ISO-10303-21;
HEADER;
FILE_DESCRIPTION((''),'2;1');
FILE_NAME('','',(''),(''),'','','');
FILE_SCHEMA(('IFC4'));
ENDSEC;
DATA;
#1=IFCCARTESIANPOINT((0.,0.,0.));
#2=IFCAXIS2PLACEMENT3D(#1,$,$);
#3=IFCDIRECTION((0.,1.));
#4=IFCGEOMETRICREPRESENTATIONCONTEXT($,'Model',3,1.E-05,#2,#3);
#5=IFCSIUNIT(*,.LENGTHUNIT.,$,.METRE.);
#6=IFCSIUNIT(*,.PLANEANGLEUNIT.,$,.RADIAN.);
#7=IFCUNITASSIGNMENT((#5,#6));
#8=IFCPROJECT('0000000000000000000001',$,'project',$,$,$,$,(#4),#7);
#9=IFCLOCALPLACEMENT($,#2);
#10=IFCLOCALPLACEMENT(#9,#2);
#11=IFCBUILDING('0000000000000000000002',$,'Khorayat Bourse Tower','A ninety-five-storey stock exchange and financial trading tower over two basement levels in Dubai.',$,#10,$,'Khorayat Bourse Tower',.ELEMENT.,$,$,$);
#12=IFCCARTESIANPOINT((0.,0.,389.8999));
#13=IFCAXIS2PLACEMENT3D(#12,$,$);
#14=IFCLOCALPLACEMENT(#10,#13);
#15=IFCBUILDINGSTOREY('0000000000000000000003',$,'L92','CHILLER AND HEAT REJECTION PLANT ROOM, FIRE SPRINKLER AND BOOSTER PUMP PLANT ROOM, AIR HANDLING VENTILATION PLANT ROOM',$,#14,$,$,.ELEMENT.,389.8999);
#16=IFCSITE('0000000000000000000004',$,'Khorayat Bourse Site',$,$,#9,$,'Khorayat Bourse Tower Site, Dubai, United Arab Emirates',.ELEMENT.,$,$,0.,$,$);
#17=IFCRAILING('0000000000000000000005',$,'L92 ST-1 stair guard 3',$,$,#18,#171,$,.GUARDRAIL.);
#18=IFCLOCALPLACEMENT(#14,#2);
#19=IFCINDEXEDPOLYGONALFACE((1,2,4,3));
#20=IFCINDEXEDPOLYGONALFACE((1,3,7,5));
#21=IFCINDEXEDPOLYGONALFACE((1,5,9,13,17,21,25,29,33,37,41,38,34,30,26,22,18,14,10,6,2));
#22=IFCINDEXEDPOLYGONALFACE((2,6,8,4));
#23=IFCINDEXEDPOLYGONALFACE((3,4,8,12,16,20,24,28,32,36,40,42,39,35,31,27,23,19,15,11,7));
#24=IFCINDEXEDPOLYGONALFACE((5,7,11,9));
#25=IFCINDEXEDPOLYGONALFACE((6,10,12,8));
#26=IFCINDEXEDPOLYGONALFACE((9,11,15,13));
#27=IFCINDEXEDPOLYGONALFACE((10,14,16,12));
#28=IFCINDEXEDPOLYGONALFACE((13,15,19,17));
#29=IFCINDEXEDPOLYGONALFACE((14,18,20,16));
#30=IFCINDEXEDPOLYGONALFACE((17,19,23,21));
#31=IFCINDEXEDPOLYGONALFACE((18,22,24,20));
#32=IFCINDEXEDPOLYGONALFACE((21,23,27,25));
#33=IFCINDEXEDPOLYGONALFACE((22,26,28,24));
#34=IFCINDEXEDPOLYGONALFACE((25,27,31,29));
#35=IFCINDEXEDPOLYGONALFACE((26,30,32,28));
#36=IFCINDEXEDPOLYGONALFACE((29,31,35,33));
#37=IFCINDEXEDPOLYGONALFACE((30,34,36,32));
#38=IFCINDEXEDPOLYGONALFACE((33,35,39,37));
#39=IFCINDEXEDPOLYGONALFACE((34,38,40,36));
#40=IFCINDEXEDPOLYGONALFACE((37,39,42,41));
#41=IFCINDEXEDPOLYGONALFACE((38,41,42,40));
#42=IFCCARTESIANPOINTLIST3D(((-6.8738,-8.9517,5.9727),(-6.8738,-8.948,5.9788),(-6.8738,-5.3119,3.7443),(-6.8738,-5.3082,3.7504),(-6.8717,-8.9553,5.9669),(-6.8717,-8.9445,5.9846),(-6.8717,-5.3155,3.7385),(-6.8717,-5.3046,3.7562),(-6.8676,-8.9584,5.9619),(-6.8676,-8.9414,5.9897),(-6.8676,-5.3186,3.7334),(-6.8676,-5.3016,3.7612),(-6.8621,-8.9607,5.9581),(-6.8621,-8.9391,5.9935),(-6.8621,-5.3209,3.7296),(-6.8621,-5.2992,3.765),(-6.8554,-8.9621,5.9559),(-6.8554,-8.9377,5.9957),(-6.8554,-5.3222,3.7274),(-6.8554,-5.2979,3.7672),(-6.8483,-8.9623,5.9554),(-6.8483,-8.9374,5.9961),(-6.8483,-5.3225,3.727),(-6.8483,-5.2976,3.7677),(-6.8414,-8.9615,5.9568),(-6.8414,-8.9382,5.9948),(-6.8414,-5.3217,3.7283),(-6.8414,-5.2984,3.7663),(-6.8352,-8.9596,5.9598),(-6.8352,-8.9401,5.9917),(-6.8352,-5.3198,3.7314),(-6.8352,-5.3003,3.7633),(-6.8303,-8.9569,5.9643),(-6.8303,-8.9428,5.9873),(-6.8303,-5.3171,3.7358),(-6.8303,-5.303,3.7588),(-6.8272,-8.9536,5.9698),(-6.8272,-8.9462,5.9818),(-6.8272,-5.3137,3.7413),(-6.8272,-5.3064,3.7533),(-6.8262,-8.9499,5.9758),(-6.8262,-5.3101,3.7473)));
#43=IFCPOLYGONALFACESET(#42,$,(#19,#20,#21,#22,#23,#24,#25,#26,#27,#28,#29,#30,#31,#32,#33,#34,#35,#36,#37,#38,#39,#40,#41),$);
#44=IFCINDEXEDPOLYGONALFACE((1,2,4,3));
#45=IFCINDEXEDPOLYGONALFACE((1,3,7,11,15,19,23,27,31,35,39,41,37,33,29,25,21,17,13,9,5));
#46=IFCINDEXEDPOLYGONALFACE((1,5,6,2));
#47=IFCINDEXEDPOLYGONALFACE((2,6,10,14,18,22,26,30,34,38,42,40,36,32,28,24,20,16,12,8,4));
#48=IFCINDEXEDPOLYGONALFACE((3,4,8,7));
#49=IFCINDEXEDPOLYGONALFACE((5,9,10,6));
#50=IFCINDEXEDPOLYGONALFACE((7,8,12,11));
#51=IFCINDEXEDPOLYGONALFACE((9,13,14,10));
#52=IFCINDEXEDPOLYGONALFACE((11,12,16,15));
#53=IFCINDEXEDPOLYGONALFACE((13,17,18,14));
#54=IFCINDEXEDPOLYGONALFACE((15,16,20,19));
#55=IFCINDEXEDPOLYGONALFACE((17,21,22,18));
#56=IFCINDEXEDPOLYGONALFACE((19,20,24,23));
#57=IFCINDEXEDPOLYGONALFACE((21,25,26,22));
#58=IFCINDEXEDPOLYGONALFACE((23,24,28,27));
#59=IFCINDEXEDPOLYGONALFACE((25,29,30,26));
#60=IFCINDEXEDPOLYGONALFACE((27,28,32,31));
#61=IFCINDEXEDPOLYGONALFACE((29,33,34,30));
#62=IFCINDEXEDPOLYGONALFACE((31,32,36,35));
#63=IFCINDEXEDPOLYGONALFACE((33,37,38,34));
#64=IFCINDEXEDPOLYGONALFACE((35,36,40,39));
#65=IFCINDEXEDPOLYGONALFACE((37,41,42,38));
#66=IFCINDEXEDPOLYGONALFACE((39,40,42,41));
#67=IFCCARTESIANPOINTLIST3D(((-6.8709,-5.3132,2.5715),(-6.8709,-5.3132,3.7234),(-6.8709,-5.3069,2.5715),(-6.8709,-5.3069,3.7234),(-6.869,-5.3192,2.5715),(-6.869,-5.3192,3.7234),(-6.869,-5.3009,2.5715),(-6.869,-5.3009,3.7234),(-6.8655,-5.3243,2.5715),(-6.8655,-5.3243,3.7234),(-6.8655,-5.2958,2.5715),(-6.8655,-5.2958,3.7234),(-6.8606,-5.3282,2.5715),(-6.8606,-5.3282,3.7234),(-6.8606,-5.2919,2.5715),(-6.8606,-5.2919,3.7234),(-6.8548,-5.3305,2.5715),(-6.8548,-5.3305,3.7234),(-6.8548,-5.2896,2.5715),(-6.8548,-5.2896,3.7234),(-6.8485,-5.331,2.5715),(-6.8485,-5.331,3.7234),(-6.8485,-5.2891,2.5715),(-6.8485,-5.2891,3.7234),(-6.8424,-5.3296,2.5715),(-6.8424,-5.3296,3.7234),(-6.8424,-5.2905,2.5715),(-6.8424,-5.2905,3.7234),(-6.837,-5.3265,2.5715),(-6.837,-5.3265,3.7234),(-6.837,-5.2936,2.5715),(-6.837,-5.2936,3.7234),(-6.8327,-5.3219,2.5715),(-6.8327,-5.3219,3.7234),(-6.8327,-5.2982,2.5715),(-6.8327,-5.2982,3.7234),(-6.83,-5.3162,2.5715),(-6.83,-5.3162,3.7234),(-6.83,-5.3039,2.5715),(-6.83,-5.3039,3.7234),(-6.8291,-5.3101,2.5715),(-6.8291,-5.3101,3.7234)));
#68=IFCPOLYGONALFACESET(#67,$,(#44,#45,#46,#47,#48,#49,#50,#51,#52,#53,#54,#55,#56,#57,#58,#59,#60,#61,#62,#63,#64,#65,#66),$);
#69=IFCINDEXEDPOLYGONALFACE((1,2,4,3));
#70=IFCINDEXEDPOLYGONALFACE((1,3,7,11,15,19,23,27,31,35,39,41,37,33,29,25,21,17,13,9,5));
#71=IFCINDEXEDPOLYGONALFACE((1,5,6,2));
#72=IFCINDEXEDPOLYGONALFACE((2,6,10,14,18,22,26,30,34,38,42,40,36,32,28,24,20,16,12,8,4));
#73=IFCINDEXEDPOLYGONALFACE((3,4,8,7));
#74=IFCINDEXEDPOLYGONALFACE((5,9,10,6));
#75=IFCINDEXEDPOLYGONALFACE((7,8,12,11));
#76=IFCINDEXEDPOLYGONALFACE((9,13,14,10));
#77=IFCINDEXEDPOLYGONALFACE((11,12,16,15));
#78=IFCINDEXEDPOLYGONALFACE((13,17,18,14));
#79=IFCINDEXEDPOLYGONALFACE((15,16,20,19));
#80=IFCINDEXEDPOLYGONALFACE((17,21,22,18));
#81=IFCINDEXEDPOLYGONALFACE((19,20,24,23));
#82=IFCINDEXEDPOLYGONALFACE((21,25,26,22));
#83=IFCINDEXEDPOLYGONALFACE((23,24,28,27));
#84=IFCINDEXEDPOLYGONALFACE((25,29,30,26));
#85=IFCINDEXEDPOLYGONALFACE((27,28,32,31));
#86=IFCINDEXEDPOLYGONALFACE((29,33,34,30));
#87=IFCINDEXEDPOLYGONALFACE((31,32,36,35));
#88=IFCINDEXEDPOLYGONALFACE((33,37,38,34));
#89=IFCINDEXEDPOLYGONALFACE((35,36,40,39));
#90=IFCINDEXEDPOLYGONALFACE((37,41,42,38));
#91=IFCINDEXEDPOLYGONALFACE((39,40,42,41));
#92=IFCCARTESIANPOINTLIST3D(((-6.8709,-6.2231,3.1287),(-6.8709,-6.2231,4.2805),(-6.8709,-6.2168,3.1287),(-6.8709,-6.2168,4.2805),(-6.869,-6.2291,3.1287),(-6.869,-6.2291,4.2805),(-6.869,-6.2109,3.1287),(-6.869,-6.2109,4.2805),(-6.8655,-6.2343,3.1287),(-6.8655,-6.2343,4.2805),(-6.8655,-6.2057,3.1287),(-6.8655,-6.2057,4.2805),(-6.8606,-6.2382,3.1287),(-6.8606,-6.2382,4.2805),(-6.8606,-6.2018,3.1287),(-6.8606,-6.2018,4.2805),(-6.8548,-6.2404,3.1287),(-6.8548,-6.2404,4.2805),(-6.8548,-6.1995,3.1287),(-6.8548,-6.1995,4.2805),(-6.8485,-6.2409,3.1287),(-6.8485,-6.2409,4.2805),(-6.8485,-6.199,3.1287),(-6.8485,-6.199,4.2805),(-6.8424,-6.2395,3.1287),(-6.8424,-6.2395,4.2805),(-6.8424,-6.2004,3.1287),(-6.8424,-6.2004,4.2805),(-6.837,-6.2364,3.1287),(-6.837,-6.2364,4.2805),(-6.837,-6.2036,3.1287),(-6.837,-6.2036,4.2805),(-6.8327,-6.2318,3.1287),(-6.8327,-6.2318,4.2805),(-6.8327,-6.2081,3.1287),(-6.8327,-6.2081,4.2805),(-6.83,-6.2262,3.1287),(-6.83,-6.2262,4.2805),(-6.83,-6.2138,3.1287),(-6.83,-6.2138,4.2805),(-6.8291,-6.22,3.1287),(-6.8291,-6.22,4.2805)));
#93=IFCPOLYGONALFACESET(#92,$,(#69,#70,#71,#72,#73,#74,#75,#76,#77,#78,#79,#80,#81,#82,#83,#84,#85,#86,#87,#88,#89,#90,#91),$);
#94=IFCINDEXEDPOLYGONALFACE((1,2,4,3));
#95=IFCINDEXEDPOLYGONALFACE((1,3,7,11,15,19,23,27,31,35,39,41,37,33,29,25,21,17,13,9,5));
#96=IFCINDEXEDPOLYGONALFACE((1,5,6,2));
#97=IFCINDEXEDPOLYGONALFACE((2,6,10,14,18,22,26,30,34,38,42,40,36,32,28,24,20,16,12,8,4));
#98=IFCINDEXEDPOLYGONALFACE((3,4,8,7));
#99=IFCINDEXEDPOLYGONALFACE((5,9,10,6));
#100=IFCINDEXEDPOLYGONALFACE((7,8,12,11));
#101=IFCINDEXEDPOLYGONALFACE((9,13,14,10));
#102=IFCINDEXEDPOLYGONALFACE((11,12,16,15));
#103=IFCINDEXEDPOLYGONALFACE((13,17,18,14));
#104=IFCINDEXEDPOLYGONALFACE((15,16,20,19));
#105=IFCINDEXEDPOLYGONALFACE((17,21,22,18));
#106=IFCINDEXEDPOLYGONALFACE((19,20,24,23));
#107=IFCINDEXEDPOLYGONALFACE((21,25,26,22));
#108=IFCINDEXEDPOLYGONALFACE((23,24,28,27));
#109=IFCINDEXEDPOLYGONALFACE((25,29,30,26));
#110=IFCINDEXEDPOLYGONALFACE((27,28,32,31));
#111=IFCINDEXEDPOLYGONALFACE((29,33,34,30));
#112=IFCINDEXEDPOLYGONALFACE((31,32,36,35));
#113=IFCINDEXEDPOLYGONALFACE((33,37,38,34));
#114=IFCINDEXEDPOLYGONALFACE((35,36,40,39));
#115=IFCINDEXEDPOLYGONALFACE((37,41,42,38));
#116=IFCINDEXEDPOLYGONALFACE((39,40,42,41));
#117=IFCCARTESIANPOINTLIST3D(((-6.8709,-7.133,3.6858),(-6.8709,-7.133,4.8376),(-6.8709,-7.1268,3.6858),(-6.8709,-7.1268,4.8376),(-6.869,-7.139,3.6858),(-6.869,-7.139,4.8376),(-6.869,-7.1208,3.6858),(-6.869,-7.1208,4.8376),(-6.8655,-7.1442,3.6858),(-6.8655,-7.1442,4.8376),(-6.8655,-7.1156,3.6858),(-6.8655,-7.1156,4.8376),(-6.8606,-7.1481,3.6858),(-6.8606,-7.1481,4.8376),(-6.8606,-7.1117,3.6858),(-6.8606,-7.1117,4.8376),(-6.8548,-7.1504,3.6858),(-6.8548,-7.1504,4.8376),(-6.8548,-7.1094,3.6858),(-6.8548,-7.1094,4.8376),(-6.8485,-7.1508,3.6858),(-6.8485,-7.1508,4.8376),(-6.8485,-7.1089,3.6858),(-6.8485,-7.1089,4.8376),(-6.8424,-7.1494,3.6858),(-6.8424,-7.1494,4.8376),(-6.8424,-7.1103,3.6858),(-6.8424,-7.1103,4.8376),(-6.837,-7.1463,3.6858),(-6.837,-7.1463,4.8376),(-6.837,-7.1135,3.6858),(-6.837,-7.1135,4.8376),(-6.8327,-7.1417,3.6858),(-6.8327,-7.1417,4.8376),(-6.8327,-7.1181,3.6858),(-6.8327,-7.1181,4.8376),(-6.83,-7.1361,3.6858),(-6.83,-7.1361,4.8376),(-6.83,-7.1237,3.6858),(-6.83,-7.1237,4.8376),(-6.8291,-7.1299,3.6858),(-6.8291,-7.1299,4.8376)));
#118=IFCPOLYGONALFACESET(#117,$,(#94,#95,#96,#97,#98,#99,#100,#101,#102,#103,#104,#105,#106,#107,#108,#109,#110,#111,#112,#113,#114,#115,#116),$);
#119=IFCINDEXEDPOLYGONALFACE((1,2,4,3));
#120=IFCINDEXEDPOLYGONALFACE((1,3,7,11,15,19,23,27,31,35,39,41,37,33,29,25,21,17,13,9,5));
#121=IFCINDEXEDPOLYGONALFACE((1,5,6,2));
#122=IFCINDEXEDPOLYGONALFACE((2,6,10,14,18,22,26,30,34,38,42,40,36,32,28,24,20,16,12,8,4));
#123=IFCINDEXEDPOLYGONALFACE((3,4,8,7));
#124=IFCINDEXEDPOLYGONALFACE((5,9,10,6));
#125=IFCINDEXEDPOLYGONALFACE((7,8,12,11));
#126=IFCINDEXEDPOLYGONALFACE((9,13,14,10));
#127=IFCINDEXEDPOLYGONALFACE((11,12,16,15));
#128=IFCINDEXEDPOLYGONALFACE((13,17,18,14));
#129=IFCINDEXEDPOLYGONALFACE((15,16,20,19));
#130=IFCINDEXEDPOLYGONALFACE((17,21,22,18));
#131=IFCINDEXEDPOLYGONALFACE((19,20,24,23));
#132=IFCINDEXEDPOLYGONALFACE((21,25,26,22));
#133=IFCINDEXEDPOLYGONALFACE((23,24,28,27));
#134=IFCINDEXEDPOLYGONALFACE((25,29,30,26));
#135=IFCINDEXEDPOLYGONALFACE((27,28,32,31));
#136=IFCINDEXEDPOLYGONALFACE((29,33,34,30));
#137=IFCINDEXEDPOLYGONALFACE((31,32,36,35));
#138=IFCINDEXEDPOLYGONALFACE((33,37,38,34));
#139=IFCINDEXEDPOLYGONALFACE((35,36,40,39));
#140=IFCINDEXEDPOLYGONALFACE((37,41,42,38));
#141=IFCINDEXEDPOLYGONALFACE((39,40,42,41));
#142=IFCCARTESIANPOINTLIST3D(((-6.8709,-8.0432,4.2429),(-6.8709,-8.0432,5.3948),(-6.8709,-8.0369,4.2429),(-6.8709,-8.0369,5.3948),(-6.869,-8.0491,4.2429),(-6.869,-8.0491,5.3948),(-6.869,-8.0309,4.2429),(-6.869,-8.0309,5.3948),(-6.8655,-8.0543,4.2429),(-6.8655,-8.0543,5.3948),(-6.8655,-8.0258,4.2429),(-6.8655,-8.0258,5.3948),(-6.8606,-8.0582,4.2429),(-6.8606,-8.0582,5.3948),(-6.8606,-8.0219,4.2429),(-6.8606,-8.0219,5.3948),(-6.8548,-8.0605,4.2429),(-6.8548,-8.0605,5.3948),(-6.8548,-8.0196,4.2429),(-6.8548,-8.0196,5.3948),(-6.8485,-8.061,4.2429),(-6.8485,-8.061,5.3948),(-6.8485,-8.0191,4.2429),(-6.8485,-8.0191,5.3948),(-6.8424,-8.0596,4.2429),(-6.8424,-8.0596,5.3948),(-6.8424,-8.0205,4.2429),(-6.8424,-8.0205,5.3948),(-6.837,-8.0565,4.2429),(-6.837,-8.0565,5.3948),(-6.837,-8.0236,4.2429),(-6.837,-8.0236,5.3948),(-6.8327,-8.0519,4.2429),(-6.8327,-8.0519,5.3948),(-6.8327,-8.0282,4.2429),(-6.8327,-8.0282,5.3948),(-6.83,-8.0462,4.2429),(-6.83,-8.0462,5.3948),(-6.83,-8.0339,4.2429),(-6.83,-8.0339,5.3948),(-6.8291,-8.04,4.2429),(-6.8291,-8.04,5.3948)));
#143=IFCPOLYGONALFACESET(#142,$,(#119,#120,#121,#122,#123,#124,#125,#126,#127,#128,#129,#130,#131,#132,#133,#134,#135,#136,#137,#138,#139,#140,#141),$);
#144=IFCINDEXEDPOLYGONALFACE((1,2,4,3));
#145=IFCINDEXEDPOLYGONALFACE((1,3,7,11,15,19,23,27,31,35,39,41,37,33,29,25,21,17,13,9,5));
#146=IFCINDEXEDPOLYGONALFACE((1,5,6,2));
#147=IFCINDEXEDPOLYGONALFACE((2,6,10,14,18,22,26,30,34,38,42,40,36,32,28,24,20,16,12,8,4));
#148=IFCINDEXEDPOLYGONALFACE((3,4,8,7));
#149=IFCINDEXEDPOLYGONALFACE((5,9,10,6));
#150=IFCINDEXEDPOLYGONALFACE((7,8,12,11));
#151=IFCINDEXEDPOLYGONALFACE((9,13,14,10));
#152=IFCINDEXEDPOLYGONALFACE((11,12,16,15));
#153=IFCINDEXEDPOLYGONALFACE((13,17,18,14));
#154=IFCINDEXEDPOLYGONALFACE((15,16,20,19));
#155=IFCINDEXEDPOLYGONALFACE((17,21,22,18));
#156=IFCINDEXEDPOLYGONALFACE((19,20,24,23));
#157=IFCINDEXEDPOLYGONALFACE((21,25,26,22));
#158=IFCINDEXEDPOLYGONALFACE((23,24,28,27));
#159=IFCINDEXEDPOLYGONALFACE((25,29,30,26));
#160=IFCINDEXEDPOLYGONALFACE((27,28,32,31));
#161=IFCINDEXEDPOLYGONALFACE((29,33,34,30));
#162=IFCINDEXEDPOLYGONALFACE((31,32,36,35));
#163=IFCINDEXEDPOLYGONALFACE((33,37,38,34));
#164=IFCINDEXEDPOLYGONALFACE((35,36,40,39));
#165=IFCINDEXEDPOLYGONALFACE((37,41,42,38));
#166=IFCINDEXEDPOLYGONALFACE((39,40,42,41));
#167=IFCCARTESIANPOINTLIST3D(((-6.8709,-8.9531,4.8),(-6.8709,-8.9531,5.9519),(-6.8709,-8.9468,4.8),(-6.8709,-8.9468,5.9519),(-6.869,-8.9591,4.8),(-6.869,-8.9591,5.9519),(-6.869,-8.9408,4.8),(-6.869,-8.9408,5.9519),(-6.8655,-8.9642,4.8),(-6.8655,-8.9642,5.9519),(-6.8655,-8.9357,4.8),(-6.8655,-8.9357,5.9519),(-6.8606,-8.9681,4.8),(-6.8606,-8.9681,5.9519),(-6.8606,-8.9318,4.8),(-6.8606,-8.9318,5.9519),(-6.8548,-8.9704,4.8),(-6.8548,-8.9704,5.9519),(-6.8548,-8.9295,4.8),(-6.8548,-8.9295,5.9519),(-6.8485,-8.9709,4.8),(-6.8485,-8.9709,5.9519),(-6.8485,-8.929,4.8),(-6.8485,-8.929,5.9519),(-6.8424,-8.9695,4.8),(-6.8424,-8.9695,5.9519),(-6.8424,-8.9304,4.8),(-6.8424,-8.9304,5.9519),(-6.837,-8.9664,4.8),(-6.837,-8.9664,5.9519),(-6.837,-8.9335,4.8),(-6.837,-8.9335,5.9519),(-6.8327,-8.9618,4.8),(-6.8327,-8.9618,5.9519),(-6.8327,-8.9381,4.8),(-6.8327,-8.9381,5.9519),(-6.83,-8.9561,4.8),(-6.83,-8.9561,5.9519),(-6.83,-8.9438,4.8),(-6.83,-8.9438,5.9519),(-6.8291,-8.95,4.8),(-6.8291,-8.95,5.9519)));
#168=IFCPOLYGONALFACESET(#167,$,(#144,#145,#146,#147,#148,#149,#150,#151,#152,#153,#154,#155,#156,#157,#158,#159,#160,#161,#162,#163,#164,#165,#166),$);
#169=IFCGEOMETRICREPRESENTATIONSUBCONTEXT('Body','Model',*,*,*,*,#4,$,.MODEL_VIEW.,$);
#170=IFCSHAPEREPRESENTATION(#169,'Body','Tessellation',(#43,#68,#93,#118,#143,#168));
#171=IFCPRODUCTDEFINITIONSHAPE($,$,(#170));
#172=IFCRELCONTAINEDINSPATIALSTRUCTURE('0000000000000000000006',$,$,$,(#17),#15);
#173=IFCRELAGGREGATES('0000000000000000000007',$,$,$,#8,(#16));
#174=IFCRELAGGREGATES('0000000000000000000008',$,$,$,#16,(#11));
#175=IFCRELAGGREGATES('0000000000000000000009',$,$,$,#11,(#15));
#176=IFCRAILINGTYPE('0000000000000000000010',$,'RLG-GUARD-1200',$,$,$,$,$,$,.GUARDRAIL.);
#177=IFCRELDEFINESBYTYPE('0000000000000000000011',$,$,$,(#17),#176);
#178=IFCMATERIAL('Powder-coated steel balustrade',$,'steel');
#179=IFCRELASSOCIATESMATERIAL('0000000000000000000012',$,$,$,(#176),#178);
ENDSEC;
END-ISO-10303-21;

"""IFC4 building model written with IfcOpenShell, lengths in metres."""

from ifc_helpers import new_model, si_unit, direction, frame, origin, origin_2d, place, context, subcontext, project, spatial, circle, extrude, source, transform, mapped, material, type_object, element, save


model = new_model("IFC4")

# Units and contexts
model_context = context("Model", 3, precision=1e-05, world=origin(), true_north=direction((0.0, 1.0)))
body_context = subcontext(model_context, "Body", "Model", "MODEL_VIEW")
ifc_project = project(units=[si_unit("LENGTHUNIT", "METRE"), si_unit("PLANEANGLEUNIT", "RADIAN")], contexts=[model_context])

# Site, building, storey
site_placement = place(None, origin())
site = spatial("IfcSite", under=ifc_project, at=site_placement, Name="Khorayat Bourse Site", LongName="Khorayat Bourse Tower Site, Dubai, United Arab Emirates", CompositionType="ELEMENT", RefElevation=0.0)
building_placement = place(site_placement, origin())
building = spatial("IfcBuilding", under=site, at=building_placement, Name="Khorayat Bourse Tower", Description="A ninety-five-storey stock exchange and financial trading tower over two basement levels in Dubai.", LongName="Khorayat Bourse Tower", CompositionType="ELEMENT")
storey_placement = place(building_placement, frame((0.0, 0.0, 389.8999)))
storey = spatial("IfcBuildingStorey", under=building, at=storey_placement, Name="L92", Description="CHILLER AND HEAT REJECTION PLANT ROOM, FIRE SPRINKLER AND BOOSTER PUMP PLANT ROOM, AIR HANDLING VENTILATION PLANT ROOM", CompositionType="ELEMENT", Elevation=389.8999)

# Railing
ifc_material_1 = material(Name="Powder-coated steel balustrade", Category="steel")
railing_type_1 = type_object("IfcRailingType", Name="RLG-GUARD-1200", PredefinedType="GUARDRAIL", material=ifc_material_1)
shared_shape_1 = source(origin(), body_context, "Body", "SweptSolid", [
    extrude(circle(Radius=0.0239, at=origin_2d()), frame((0.0, 0.0, 1.1758), z_axis=(0.0, -0.85285, 0.522156), x_axis=(1.0, 0.0, 0.0)), (0.0, 0.0, 1.0), 4.2678),
    extrude(circle(Radius=0.021, at=origin_2d()), origin(), (0.0, 0.0, 1.0), 1.1519),
    extrude(circle(Radius=0.021, at=origin_2d()), frame((0.0, -0.9099, 0.5571)), (0.0, 0.0, 1.0), 1.1519),
    extrude(circle(Radius=0.021, at=origin_2d()), frame((0.0, -1.8198, 1.1143)), (0.0, 0.0, 1.0), 1.1519),
    extrude(circle(Radius=0.021, at=origin_2d()), frame((0.0, -2.73, 1.6714)), (0.0, 0.0, 1.0), 1.1519),
    extrude(circle(Radius=0.021, at=origin_2d()), frame((0.0, -3.6399, 2.2285)), (0.0, 0.0, 1.0), 1.1519),
])
railing_1_placement = place(storey_placement, frame((-6.8501, -5.3101, 2.5715)))
element("IfcRailing", 1, at=railing_1_placement, inside=storey, type_object=railing_type_1, Name="L92 ST-1 stair guard 3", PredefinedType="GUARDRAIL", context=body_context, shape_type="MappedRepresentation", body=[
    mapped(shared_shape_1, transform((0.0, 0.0, 0.0), scale=1.0)),
])

save(model, "model.ifc")
